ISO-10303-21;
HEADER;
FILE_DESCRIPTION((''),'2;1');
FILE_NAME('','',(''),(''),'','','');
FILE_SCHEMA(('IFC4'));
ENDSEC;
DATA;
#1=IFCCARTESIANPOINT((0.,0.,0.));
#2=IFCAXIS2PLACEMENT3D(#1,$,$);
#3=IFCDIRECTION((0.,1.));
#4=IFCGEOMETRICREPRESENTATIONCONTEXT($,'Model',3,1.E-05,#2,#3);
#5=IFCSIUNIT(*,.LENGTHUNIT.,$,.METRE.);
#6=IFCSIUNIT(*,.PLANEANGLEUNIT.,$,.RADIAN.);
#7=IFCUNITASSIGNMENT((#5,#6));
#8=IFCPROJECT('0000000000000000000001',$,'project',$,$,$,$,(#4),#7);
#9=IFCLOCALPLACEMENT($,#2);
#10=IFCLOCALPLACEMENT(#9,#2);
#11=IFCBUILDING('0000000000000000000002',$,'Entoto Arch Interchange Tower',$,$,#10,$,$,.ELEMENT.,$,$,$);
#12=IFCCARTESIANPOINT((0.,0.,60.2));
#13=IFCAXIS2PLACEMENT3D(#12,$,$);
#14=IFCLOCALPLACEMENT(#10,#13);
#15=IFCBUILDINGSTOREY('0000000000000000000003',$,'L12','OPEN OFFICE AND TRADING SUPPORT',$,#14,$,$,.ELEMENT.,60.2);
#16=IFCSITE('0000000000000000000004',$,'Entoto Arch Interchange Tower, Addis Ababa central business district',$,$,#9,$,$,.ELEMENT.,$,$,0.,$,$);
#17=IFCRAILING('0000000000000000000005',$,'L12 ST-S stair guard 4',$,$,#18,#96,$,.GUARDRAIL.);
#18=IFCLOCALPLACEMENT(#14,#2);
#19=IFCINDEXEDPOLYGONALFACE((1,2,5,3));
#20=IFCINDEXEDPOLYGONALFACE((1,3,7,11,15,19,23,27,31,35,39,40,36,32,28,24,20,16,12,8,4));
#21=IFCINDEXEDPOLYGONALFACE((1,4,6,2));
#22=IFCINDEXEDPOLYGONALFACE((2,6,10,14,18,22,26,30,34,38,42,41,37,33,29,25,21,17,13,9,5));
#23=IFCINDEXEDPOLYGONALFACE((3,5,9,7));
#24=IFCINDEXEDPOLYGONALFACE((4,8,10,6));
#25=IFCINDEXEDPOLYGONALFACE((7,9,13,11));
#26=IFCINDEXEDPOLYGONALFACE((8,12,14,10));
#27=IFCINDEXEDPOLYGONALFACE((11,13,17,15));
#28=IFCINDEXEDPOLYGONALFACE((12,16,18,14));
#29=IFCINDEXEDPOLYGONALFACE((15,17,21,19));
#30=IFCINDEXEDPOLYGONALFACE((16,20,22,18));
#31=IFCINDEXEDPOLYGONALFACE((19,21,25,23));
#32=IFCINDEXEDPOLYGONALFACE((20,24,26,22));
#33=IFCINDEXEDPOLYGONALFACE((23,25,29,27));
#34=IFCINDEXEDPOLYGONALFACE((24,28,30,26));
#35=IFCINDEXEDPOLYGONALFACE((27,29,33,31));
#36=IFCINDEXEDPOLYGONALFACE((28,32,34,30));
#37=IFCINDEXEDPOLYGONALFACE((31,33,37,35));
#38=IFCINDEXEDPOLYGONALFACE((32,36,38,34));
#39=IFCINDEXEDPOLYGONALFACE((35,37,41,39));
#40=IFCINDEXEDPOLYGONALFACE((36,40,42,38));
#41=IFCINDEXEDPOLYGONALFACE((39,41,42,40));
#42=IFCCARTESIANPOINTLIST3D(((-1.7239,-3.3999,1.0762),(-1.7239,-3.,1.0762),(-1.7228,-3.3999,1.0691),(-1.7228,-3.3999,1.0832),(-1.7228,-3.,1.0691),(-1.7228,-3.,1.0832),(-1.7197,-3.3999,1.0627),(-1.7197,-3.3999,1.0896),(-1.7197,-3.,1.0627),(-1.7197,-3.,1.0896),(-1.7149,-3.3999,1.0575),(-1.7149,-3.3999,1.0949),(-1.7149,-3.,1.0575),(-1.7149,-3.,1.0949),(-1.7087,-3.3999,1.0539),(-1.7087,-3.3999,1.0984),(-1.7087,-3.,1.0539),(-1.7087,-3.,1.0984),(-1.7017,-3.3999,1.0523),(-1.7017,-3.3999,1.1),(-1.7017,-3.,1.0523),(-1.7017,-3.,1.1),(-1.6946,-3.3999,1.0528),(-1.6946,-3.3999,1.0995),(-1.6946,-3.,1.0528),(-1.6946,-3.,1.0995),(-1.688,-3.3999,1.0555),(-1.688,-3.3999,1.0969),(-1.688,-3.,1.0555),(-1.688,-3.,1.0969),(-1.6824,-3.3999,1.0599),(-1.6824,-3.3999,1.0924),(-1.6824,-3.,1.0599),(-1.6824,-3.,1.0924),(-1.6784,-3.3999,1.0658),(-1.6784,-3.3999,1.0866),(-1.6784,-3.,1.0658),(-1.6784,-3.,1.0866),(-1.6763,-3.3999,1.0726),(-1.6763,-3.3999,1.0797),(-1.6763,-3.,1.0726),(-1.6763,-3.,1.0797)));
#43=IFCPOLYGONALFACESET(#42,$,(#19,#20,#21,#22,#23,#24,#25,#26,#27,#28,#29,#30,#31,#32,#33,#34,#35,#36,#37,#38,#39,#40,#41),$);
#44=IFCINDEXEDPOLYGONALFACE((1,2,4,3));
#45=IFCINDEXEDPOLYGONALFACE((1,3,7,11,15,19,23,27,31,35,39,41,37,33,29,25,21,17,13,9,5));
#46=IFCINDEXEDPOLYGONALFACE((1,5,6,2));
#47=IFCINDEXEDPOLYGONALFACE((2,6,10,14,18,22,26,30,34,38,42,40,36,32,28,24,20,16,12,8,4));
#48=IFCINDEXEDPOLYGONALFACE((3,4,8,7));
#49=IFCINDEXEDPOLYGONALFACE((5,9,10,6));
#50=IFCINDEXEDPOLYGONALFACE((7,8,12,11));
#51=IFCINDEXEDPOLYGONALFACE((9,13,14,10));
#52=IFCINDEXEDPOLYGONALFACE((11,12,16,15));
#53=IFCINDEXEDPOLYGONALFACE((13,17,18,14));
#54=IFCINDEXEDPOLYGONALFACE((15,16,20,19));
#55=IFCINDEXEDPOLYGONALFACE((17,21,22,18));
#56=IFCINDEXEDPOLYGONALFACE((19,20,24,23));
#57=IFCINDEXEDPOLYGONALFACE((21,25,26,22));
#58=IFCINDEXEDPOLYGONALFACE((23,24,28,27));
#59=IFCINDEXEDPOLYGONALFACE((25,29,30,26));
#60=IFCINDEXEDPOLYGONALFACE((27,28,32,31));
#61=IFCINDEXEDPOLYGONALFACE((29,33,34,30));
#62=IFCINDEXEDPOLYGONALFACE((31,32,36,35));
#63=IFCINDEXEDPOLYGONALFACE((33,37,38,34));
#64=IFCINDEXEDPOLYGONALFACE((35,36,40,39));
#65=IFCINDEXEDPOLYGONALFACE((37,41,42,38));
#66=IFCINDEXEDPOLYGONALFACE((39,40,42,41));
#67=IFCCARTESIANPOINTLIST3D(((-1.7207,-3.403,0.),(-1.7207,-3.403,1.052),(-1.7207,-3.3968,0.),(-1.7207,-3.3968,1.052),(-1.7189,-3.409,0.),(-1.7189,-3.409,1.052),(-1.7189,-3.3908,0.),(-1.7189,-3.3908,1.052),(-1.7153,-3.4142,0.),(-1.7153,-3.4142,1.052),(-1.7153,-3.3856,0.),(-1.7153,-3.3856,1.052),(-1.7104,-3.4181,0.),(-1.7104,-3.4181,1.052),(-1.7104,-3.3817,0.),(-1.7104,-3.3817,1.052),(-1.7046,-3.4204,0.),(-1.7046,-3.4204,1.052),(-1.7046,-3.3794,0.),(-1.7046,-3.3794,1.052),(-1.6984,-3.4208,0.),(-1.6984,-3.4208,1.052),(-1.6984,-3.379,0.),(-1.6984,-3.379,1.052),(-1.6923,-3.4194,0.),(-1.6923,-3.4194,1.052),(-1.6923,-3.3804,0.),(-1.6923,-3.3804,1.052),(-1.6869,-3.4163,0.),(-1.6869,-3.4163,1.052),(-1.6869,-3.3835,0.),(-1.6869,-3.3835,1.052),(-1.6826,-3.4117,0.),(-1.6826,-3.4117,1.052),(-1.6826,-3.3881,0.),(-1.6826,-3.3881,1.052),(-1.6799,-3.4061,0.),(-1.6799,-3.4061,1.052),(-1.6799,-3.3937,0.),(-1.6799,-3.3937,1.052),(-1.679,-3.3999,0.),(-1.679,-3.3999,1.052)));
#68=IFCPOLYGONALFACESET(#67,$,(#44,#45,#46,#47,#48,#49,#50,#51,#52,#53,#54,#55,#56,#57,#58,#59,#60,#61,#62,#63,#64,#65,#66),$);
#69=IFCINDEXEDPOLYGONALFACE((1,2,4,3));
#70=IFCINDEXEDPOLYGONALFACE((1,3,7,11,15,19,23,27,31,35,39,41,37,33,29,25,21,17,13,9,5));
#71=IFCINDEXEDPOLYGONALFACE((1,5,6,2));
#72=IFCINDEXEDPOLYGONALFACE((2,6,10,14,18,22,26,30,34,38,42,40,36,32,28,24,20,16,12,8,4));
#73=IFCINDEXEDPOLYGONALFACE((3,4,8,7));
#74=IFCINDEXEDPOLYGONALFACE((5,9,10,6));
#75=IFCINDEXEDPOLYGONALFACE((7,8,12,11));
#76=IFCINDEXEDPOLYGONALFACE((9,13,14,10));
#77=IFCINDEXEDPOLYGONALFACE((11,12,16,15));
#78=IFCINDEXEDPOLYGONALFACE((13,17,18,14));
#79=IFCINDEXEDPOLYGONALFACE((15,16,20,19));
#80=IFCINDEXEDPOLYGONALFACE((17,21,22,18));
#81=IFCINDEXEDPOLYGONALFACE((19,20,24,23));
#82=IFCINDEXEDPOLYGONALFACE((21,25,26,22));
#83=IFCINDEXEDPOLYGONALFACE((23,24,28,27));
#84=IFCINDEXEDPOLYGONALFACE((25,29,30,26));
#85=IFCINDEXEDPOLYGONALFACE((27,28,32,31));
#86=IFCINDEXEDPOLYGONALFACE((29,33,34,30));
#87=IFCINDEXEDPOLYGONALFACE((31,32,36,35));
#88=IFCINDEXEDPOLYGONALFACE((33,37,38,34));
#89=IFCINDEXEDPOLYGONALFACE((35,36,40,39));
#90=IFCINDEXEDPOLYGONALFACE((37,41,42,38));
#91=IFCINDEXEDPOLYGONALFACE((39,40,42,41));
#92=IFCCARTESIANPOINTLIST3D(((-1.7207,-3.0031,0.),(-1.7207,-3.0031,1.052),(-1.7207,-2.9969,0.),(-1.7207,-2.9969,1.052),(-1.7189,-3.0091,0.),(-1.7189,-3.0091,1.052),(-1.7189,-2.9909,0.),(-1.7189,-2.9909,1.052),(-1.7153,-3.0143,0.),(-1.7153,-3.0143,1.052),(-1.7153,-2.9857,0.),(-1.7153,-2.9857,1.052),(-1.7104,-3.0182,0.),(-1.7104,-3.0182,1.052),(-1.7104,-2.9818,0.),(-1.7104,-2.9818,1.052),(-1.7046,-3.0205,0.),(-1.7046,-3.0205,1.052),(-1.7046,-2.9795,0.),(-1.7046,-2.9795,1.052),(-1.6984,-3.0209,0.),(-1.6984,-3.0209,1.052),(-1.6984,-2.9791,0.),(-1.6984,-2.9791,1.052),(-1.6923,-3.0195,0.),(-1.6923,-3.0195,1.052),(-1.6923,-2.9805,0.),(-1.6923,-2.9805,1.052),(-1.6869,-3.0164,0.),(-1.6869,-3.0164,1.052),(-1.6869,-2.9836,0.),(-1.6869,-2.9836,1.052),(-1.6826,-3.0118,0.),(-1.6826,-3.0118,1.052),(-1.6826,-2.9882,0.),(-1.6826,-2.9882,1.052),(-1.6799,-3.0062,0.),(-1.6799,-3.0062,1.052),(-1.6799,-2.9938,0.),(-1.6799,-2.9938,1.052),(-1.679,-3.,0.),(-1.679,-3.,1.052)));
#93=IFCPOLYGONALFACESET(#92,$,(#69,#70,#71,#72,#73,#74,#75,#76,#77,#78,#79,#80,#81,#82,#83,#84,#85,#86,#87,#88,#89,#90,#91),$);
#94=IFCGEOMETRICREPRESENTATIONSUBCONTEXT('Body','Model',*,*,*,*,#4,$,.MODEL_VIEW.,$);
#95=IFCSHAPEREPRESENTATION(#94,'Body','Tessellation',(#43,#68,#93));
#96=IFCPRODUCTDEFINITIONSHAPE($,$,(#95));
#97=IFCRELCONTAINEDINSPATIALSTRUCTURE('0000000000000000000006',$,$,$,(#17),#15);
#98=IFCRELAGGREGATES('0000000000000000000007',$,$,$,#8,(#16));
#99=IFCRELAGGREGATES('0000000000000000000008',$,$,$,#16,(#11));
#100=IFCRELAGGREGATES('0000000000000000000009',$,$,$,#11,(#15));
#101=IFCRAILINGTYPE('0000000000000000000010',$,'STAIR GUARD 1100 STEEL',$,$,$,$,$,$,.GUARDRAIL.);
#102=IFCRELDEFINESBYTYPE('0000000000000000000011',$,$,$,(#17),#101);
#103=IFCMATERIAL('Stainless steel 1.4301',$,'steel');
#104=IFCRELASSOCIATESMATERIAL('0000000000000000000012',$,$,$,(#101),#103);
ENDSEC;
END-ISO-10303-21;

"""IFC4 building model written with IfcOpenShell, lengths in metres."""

from ifc_helpers import new_model, si_unit, direction, frame, origin, origin_2d, place, context, subcontext, project, spatial, circle, extrude, material, type_object, element, save


model = new_model("IFC4")

# Units and contexts
model_context = context("Model", 3, precision=1e-05, world=origin(), true_north=direction((0.0, 1.0)))
body_context = subcontext(model_context, "Body", "Model", "MODEL_VIEW")
ifc_project = project(units=[si_unit("LENGTHUNIT", "METRE"), si_unit("PLANEANGLEUNIT", "RADIAN")], contexts=[model_context])

# Site, building, storey
site_placement = place(None, origin())
site = spatial("IfcSite", under=ifc_project, at=site_placement, Name="Entoto Arch Interchange Tower, Addis Ababa central business district", CompositionType="ELEMENT", RefElevation=0.0)
building_placement = place(site_placement, origin())
building = spatial("IfcBuilding", under=site, at=building_placement, Name="Entoto Arch Interchange Tower", CompositionType="ELEMENT")
storey_placement = place(building_placement, frame((0.0, 0.0, 60.2)))
storey = spatial("IfcBuildingStorey", under=building, at=storey_placement, Name="L12", Description="OPEN OFFICE AND TRADING SUPPORT", CompositionType="ELEMENT", Elevation=60.2)

# Railing
ifc_material_1 = material(Name="Stainless steel 1.4301", Category="steel")
railing_type = type_object("IfcRailingType", Name="STAIR GUARD 1100 STEEL", PredefinedType="GUARDRAIL", material=ifc_material_1)
railing_1_placement = place(storey_placement, frame((-1.7, -3.3999, 0.0)))
element("IfcRailing", 1, at=railing_1_placement, inside=storey, type_object=railing_type, Name="L12 ST-S stair guard 4", PredefinedType="GUARDRAIL", context=body_context, shape_type="SweptSolid", body=[
    extrude(circle(Radius=0.0239, at=origin_2d()), frame((0.0, 0.0, 1.0762), z_axis=(0.0, 1.0, 0.0), x_axis=(-1.0, 0.0, 0.0)), (0.0, 0.0, 1.0), 0.3999),
    extrude(circle(Radius=0.021, at=origin_2d()), origin(), (0.0, 0.0, 1.0), 1.052),
    extrude(circle(Radius=0.021, at=origin_2d()), frame((0.0, 0.3999, 0.0)), (0.0, 0.0, 1.0), 1.052),
])

save(model, "model.ifc")
